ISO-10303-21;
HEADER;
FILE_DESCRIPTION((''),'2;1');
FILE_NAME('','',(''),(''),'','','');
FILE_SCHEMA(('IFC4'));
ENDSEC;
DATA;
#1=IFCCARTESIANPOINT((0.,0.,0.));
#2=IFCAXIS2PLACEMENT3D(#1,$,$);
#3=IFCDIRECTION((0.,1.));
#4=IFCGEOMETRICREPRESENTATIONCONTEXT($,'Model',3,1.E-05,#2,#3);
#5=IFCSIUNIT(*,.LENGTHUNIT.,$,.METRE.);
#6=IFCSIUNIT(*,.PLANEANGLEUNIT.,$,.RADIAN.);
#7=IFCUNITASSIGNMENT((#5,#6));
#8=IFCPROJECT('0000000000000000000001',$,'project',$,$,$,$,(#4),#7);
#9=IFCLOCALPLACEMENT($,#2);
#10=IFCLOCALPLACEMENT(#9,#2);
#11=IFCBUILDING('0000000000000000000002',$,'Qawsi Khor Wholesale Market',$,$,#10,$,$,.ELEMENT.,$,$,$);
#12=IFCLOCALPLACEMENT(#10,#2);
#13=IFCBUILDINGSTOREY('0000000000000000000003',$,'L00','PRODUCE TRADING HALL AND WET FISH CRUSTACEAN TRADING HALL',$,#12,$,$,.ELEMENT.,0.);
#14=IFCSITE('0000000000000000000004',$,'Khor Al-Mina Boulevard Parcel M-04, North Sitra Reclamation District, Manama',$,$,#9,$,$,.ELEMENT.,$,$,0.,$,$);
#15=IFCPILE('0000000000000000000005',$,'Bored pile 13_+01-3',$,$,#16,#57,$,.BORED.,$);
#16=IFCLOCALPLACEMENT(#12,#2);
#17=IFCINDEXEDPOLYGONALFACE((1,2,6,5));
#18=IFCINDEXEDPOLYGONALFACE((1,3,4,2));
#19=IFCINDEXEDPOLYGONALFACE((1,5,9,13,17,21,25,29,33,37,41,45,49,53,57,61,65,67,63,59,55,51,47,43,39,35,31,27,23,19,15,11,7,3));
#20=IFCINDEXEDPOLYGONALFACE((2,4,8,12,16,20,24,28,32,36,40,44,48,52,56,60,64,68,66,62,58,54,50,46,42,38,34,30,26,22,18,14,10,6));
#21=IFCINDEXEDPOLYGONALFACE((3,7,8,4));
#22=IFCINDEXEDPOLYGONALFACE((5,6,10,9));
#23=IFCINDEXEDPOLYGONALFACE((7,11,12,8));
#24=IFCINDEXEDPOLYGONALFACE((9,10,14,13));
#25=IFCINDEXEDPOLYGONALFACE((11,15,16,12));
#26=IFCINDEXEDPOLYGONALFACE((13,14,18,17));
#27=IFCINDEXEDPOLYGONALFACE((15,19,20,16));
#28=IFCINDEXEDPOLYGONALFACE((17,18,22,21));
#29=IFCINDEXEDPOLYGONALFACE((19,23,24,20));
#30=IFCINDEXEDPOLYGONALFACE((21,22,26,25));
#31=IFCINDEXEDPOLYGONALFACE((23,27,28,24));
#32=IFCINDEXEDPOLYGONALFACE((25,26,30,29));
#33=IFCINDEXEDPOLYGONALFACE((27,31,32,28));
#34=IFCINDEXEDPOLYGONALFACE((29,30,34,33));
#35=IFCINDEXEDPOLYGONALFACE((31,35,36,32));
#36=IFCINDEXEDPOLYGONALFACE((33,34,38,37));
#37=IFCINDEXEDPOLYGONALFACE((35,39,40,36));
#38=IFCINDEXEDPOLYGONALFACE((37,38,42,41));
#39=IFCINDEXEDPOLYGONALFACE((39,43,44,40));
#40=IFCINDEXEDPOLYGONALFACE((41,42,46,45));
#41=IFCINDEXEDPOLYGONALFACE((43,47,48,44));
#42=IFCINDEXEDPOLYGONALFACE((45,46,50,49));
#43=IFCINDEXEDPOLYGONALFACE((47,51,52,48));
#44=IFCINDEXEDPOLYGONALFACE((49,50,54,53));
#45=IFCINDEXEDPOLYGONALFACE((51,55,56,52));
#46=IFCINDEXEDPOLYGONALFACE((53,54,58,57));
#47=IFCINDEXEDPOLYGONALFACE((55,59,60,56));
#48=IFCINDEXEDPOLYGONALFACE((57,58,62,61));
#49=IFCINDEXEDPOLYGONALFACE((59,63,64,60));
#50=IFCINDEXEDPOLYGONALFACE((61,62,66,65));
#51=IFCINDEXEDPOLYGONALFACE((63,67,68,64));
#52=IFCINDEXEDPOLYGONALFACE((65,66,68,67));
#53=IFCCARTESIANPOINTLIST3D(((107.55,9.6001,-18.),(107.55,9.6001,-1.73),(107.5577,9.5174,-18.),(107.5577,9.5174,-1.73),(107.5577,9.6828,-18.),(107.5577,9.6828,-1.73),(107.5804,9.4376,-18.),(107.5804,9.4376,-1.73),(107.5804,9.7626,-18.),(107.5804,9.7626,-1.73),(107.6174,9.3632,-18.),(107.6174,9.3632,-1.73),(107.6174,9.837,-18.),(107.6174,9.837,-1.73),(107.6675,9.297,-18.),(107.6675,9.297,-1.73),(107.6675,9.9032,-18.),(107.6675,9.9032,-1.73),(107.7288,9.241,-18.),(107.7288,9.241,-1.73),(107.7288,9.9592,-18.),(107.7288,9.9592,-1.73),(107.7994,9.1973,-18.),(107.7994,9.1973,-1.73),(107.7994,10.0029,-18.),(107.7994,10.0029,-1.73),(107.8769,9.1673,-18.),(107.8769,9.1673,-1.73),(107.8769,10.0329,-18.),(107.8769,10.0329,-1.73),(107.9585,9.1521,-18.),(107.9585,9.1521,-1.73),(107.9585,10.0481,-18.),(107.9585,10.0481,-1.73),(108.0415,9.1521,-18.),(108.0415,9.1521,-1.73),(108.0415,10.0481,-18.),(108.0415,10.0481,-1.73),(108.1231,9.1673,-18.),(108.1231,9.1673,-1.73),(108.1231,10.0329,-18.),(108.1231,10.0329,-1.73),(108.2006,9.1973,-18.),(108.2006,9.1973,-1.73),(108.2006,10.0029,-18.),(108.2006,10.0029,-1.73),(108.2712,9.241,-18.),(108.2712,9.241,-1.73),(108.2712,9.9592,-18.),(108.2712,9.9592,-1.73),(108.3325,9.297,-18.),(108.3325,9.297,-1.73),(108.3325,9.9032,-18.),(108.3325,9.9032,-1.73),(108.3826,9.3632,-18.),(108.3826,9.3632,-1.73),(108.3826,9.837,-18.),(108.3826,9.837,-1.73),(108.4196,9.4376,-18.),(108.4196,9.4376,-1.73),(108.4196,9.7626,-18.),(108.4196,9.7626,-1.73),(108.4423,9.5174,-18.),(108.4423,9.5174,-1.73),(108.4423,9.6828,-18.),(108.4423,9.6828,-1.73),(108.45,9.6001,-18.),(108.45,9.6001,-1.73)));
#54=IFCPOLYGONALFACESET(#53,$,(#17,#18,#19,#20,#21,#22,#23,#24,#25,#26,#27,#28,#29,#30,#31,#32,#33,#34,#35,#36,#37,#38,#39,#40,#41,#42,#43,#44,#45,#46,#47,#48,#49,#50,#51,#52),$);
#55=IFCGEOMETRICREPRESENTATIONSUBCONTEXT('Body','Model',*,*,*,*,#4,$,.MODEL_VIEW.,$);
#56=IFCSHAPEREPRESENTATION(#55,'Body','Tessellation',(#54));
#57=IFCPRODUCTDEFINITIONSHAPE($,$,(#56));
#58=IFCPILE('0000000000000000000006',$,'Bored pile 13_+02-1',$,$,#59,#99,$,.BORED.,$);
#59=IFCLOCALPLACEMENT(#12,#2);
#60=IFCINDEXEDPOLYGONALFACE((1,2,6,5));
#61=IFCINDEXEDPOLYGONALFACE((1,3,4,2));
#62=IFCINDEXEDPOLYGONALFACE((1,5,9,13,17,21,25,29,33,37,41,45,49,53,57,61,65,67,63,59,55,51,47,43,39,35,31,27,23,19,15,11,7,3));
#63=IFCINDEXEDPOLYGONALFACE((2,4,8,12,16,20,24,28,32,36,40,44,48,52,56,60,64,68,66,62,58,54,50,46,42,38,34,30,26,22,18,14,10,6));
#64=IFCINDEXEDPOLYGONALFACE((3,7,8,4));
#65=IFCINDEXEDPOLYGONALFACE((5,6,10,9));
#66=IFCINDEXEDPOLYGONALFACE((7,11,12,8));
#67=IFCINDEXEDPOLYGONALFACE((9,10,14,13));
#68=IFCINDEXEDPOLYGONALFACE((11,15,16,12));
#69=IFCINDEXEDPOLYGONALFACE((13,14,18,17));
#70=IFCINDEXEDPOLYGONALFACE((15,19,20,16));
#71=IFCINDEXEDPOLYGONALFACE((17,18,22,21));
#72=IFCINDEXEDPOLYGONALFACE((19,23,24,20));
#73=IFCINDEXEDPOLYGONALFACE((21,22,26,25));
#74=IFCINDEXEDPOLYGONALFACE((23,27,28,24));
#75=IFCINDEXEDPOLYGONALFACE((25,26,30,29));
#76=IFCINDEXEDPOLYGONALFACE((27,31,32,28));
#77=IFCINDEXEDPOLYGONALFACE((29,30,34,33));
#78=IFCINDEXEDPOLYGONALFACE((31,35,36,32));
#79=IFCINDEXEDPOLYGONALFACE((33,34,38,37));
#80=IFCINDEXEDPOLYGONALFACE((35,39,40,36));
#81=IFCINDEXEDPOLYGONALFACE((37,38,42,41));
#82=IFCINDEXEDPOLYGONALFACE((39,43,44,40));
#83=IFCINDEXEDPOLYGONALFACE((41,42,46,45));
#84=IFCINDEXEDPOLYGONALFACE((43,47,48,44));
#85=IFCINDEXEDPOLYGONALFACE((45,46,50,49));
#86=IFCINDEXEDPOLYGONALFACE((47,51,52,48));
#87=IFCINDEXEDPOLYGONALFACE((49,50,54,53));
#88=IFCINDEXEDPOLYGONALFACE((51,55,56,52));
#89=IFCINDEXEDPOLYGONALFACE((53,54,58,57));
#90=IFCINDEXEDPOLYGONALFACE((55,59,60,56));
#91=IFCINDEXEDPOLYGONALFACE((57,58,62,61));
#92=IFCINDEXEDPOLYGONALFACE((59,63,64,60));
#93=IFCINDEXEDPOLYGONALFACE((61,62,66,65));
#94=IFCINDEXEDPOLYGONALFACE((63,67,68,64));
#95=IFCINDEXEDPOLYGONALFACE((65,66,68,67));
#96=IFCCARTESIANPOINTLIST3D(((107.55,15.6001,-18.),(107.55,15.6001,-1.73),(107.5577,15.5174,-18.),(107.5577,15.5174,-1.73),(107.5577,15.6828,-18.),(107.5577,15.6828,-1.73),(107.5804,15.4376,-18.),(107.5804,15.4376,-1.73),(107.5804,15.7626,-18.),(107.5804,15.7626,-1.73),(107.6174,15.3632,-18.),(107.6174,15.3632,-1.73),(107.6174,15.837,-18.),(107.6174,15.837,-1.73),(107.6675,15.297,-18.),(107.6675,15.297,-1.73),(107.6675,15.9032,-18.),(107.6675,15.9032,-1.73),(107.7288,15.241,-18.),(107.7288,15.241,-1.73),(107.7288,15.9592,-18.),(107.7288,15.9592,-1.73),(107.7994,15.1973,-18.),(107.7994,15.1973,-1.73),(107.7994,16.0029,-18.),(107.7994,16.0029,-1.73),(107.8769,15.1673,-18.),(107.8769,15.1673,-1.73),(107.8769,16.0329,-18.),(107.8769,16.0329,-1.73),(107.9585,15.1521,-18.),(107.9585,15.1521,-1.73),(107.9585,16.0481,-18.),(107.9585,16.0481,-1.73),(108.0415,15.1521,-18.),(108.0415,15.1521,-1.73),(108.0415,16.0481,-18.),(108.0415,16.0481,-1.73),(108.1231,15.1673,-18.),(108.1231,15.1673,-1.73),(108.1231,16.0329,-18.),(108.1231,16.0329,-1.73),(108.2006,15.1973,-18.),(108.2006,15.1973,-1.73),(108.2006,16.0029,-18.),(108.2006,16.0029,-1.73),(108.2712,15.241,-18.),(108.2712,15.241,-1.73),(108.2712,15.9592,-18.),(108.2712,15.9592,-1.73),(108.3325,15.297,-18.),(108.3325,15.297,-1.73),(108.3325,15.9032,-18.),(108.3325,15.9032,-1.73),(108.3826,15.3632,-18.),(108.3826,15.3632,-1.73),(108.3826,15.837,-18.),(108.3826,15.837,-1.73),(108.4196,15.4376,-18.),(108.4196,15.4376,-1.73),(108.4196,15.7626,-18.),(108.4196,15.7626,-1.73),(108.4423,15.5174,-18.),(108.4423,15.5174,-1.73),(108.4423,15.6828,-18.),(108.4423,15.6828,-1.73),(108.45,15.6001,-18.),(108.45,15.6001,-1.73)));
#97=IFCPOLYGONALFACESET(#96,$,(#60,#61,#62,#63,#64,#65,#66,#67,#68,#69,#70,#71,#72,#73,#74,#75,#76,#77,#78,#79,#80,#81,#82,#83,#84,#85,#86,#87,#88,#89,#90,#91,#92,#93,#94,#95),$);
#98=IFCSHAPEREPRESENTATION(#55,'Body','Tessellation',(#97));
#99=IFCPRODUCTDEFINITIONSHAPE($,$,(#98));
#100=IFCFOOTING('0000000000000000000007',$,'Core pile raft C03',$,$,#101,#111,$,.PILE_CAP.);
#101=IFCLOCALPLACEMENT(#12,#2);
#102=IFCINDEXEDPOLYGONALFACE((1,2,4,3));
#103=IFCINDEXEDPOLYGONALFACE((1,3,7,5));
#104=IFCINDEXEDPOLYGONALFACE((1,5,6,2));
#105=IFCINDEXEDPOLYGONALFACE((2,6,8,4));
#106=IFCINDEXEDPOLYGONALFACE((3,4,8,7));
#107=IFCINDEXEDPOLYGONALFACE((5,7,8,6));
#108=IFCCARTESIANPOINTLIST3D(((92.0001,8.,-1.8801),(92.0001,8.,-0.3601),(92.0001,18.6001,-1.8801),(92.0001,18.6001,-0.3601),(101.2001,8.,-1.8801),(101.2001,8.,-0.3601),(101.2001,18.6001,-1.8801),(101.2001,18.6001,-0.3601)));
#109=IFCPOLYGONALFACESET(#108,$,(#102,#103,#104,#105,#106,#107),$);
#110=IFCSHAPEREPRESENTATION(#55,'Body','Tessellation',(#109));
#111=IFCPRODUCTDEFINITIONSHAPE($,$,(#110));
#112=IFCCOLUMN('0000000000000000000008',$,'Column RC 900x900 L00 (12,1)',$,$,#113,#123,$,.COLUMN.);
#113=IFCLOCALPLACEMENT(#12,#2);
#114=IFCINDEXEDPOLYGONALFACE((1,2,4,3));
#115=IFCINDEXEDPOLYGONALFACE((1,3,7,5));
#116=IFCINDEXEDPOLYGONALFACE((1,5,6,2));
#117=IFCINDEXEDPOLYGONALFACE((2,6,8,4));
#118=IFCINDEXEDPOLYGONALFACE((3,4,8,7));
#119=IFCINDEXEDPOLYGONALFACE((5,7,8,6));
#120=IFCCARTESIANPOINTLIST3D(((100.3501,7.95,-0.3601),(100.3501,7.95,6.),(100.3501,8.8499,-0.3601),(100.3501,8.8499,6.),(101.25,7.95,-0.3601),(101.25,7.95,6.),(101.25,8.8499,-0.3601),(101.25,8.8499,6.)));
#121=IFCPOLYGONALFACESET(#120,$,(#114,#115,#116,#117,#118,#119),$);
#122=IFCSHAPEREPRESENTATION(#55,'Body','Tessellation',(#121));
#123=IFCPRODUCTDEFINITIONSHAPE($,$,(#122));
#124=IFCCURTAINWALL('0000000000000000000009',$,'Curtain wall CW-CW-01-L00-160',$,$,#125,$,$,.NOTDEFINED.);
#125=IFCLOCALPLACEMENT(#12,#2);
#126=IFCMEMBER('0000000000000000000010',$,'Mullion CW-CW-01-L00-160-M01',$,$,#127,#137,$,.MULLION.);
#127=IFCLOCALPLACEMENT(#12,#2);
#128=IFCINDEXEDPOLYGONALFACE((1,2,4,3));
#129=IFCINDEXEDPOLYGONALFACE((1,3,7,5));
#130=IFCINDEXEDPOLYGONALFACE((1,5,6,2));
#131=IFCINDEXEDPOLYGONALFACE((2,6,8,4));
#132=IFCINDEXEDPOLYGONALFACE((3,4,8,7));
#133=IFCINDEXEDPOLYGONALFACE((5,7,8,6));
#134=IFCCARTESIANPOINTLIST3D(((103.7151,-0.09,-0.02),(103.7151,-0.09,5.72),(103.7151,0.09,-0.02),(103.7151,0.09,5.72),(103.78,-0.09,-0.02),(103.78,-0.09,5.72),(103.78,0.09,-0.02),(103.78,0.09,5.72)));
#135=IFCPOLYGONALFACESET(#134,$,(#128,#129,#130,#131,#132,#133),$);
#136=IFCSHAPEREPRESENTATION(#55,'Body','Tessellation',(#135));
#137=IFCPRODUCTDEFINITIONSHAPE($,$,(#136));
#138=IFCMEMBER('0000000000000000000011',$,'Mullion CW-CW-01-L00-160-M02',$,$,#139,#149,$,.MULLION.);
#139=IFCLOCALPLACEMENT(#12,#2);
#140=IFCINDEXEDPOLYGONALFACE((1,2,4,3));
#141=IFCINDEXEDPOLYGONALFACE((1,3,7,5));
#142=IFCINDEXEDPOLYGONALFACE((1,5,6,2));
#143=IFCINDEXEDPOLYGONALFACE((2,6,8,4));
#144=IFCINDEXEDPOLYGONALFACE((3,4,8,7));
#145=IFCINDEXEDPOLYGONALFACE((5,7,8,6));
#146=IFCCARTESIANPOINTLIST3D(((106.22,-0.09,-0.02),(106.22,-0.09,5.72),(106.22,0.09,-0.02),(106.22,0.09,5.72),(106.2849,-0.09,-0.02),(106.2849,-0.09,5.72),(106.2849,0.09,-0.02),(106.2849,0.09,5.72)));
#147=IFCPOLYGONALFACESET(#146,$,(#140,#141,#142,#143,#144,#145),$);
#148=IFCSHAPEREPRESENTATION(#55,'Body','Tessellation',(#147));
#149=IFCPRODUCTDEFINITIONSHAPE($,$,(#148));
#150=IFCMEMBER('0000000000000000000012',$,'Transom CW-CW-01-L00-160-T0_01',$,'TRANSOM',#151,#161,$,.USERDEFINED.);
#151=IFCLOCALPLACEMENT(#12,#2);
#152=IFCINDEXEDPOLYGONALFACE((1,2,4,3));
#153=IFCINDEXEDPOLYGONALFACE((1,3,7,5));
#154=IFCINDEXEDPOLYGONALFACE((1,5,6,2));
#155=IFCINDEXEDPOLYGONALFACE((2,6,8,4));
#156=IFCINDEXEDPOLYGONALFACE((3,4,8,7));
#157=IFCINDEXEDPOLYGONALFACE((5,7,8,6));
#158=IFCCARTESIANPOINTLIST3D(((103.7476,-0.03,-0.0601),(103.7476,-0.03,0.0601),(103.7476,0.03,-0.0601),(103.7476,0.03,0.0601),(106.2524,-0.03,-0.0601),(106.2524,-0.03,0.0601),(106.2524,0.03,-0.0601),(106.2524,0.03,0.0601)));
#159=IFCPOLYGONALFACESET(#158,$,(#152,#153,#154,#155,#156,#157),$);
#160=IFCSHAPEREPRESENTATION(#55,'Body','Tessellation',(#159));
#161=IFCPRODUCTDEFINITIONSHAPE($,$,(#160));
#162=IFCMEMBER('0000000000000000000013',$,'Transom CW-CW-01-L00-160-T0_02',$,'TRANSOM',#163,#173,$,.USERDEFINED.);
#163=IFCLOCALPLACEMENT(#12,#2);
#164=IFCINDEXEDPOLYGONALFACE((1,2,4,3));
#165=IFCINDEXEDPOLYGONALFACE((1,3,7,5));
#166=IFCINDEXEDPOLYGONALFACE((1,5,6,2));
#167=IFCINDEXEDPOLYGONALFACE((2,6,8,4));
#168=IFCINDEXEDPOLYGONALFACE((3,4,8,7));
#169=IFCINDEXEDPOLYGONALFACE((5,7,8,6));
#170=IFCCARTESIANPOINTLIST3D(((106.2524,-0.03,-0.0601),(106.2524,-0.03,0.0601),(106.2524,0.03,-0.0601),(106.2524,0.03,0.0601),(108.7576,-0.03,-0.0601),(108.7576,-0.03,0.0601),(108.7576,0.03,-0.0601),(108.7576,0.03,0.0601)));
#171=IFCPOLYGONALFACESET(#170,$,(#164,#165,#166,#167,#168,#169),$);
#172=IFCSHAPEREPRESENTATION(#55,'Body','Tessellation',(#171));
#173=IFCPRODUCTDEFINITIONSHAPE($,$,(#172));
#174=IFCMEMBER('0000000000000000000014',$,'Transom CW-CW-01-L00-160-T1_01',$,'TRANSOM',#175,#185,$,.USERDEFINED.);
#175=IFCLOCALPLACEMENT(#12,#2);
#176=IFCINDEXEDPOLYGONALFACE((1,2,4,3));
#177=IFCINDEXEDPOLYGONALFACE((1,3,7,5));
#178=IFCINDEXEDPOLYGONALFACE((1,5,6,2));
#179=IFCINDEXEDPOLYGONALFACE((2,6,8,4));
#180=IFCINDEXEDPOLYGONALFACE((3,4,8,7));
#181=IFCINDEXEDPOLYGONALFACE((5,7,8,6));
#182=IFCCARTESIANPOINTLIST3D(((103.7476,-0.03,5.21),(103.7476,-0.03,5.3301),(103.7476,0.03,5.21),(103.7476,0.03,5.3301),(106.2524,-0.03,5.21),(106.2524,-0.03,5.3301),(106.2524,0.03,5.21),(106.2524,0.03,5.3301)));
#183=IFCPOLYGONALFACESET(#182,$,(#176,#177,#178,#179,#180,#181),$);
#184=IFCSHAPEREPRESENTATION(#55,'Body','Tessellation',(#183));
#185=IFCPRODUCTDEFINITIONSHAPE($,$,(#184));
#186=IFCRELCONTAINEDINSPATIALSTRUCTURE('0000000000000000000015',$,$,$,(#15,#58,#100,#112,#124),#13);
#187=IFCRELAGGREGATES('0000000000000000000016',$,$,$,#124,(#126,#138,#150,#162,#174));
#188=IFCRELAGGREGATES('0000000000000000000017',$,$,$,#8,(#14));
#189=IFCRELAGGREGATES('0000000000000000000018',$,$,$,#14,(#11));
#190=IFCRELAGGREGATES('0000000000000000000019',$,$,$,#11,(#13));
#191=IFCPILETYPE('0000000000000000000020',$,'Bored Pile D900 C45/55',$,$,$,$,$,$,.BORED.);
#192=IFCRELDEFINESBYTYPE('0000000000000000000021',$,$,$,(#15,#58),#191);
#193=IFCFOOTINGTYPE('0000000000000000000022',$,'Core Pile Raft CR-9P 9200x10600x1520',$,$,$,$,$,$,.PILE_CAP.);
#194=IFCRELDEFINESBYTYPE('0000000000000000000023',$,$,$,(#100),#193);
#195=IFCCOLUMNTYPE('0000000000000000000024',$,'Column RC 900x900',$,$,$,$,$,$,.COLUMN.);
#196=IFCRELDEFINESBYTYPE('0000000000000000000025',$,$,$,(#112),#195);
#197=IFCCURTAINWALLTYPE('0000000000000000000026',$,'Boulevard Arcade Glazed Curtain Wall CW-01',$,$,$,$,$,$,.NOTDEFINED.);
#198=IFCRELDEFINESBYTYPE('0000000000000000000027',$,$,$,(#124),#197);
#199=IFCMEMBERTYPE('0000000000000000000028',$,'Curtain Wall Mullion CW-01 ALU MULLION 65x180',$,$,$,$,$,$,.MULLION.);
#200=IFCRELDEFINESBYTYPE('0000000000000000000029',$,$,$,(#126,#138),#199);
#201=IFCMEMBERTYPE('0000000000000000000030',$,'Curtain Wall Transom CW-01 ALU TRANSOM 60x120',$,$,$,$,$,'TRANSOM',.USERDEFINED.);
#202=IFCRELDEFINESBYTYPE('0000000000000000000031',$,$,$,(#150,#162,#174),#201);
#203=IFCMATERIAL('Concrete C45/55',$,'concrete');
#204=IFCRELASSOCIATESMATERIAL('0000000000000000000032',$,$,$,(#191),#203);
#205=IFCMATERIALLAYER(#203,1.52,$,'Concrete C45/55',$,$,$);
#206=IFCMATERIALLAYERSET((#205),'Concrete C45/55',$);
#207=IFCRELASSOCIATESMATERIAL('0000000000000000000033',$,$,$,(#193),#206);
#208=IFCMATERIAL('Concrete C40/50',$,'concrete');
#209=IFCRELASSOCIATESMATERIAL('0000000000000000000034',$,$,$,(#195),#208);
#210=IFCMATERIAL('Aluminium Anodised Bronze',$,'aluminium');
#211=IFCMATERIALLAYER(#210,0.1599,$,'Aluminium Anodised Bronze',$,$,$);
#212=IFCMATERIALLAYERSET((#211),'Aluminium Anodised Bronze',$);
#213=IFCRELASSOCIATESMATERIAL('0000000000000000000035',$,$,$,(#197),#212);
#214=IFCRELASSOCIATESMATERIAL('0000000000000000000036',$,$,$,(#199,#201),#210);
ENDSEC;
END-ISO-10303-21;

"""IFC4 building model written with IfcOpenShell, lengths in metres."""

from ifc_helpers import new_model, si_unit, direction, frame, origin, origin_2d, place, context, subcontext, project, spatial, rectangle, circle, extrude, material, layer, layer_set, material_profile, profile_set, type_object, element, aggregate, save


model = new_model("IFC4")

# Units and contexts
model_context = context("Model", 3, precision=1e-05, world=origin(), true_north=direction((0.0, 1.0)))
body_context = subcontext(model_context, "Body", "Model", "MODEL_VIEW")
ifc_project = project(units=[si_unit("LENGTHUNIT", "METRE"), si_unit("PLANEANGLEUNIT", "RADIAN")], contexts=[model_context])

# Site, building, storey
site_placement = place(None, origin())
site = spatial("IfcSite", under=ifc_project, at=site_placement, Name="Khor Al-Mina Boulevard Parcel M-04, North Sitra Reclamation District, Manama", CompositionType="ELEMENT", RefElevation=0.0)
building_placement = place(site_placement, origin())
building = spatial("IfcBuilding", under=site, at=building_placement, Name="Qawsi Khor Wholesale Market", CompositionType="ELEMENT")
storey_placement = place(building_placement, origin())
storey = spatial("IfcBuildingStorey", under=building, at=storey_placement, Name="L00", Description="PRODUCE TRADING HALL AND WET FISH CRUSTACEAN TRADING HALL", CompositionType="ELEMENT", Elevation=0.0)

# Piles
ifc_material_1 = material(Name="Concrete C45/55", Category="concrete")
ifc_material_profile_1 = material_profile(ifc_material_1, circle(Radius=0.45, at=origin_2d()), Name="PILE D900")
ifc_profile_set_1 = profile_set([ifc_material_profile_1], Name="Concrete C45/55")
pile_type_1 = type_object("IfcPileType", Name="Bored Pile D900 C45/55", PredefinedType="BORED", material=ifc_profile_set_1)
for number, where, z_axis, x_axis, name in (
    (1, (108.0, 9.6001, -1.73), (0.0, 0.0, -1.0), (1.0, 0.0, 0.0), "Bored pile 13_+01-3"),
    (2, (108.0, 15.6001, -1.73), (0.0, 0.0, -1.0), (1.0, 0.0, 0.0), "Bored pile 13_+02-1"),
):
    element("IfcPile", number, at=place(storey_placement, frame(where, z_axis=z_axis, x_axis=x_axis)), inside=storey, type_object=pile_type_1, Name=name, PredefinedType="BORED", context=body_context, shape_type="SweptSolid", body=[
        extrude(circle(Radius=0.45, at=origin_2d()), origin(), (0.0, 0.0, 1.0), 16.27),
    ])

# Footing
ifc_layer_1 = layer(ifc_material_1, 1.52, Name="Concrete C45/55")
ifc_layer_set_1 = layer_set([ifc_layer_1], Name="Concrete C45/55")
footing_type = type_object("IfcFootingType", Name="Core Pile Raft CR-9P 9200x10600x1520", PredefinedType="PILE_CAP", material=ifc_layer_set_1)
footing_placement = place(storey_placement, frame((96.6001, 13.3, -1.8801), z_axis=(0.0, 0.0, 1.0), x_axis=(1.0, 0.0, 0.0)))
element("IfcFooting", 3, at=footing_placement, inside=storey, type_object=footing_type, Name="Core pile raft C03", PredefinedType="PILE_CAP", context=body_context, shape_type="SweptSolid", body=[
    extrude(rectangle(XDim=9.2, YDim=10.6001, at=origin_2d()), origin(), (0.0, 0.0, 1.0), 1.52),
])

# Column
ifc_material_2 = material(Name="Concrete C40/50", Category="concrete")
ifc_material_profile_2 = material_profile(ifc_material_2, rectangle(XDim=0.8999, YDim=0.8999, at=origin_2d()), Name="RC 900x900")
ifc_profile_set_2 = profile_set([ifc_material_profile_2], Name="Concrete C40/50")
column_type = type_object("IfcColumnType", Name="Column RC 900x900", PredefinedType="COLUMN", material=ifc_profile_set_2)
column_placement = place(storey_placement, frame((100.8, 8.3999, -0.3601), z_axis=(0.0, 0.0, 1.0), x_axis=(1.0, 0.0, 0.0)))
element("IfcColumn", 4, at=column_placement, inside=storey, type_object=column_type, Name="Column RC 900x900 L00 (12,1)", PredefinedType="COLUMN", context=body_context, shape_type="SweptSolid", body=[
    extrude(rectangle(XDim=0.8999, YDim=0.8999, at=origin_2d()), origin(), (0.0, 0.0, 1.0), 6.3601),
])

# Curtain wall, members
ifc_material_3 = material(Name="Aluminium Anodised Bronze", Category="aluminium")
ifc_layer_2 = layer(ifc_material_3, 0.1599, Name="Aluminium Anodised Bronze")
ifc_layer_set_2 = layer_set([ifc_layer_2], Name="Aluminium Anodised Bronze")
curtain_wall_type = type_object("IfcCurtainWallType", Name="Boulevard Arcade Glazed Curtain Wall CW-01", PredefinedType="NOTDEFINED", material=ifc_layer_set_2)
curtain_wall_placement = place(storey_placement, origin())
curtain_wall = element("IfcCurtainWall", 5, at=curtain_wall_placement, inside=storey, type_object=curtain_wall_type, Name="Curtain wall CW-CW-01-L00-160", PredefinedType="NOTDEFINED")
ifc_material_profile_3 = material_profile(ifc_material_3, rectangle(XDim=0.0649, YDim=0.1799, at=origin_2d()), Name="ALU MULLION 65x180")
ifc_profile_set_3 = profile_set([ifc_material_profile_3], Name="Aluminium Anodised Bronze")
member_type_1 = type_object("IfcMemberType", Name="Curtain Wall Mullion CW-01 ALU MULLION 65x180", PredefinedType="MULLION", material=ifc_profile_set_3)
member_1_placement = place(storey_placement, frame((103.7476, 0.0, -0.02), z_axis=(0.0, 0.0, 1.0), x_axis=(1.0, 0.0, 0.0)))
member_1 = element("IfcMember", 6, at=member_1_placement, type_object=member_type_1, Name="Mullion CW-CW-01-L00-160-M01", PredefinedType="MULLION", context=body_context, shape_type="SweptSolid", body=[
    extrude(rectangle(XDim=0.0649, YDim=0.1799, at=origin_2d()), origin(), (0.0, 0.0, 1.0), 5.74),
])
member_2_placement = place(storey_placement, frame((106.2524, 0.0, -0.02), z_axis=(0.0, 0.0, 1.0), x_axis=(1.0, 0.0, 0.0)))
member_2 = element("IfcMember", 7, at=member_2_placement, type_object=member_type_1, Name="Mullion CW-CW-01-L00-160-M02", PredefinedType="MULLION", context=body_context, shape_type="SweptSolid", body=[
    extrude(rectangle(XDim=0.0649, YDim=0.1799, at=origin_2d()), origin(), (0.0, 0.0, 1.0), 5.74),
])
ifc_material_profile_4 = material_profile(ifc_material_3, rectangle(XDim=0.0601, YDim=0.1201, at=origin_2d()), Name="ALU TRANSOM 60x120")
ifc_profile_set_4 = profile_set([ifc_material_profile_4], Name="Aluminium Anodised Bronze")
member_type_2 = type_object("IfcMemberType", Name="Curtain Wall Transom CW-01 ALU TRANSOM 60x120", ElementType="TRANSOM", PredefinedType="USERDEFINED", material=ifc_profile_set_4)
member_3_placement = place(storey_placement, frame((103.7476, 0.0, 0.0), z_axis=(1.0, 0.0, 0.0), x_axis=(0.0, 1.0, 0.0)))
member_3 = element("IfcMember", 8, at=member_3_placement, type_object=member_type_2, Name="Transom CW-CW-01-L00-160-T0_01", ObjectType="TRANSOM", PredefinedType="USERDEFINED", context=body_context, shape_type="SweptSolid", body=[
    extrude(rectangle(XDim=0.0601, YDim=0.1201, at=origin_2d()), origin(), (0.0, 0.0, 1.0), 2.5049),
])
member_4_placement = place(storey_placement, frame((106.2524, 0.0, 0.0), z_axis=(1.0, 0.0, 0.0), x_axis=(0.0, 1.0, 0.0)))
member_4 = element("IfcMember", 9, at=member_4_placement, type_object=member_type_2, Name="Transom CW-CW-01-L00-160-T0_02", ObjectType="TRANSOM", PredefinedType="USERDEFINED", context=body_context, shape_type="SweptSolid", body=[
    extrude(rectangle(XDim=0.0601, YDim=0.1201, at=origin_2d()), origin(), (0.0, 0.0, 1.0), 2.5051),
])
member_5_placement = place(storey_placement, frame((103.7476, 0.0, 5.27), z_axis=(1.0, 0.0, 0.0), x_axis=(0.0, 1.0, 0.0)))
member_5 = element("IfcMember", 10, at=member_5_placement, type_object=member_type_2, Name="Transom CW-CW-01-L00-160-T1_01", ObjectType="TRANSOM", PredefinedType="USERDEFINED", context=body_context, shape_type="SweptSolid", body=[
    extrude(rectangle(XDim=0.0601, YDim=0.1201, at=origin_2d()), origin(), (0.0, 0.0, 1.0), 2.5049),
])
aggregate(curtain_wall, [member_1, member_2, member_3, member_4, member_5])

save(model, "model.ifc")
